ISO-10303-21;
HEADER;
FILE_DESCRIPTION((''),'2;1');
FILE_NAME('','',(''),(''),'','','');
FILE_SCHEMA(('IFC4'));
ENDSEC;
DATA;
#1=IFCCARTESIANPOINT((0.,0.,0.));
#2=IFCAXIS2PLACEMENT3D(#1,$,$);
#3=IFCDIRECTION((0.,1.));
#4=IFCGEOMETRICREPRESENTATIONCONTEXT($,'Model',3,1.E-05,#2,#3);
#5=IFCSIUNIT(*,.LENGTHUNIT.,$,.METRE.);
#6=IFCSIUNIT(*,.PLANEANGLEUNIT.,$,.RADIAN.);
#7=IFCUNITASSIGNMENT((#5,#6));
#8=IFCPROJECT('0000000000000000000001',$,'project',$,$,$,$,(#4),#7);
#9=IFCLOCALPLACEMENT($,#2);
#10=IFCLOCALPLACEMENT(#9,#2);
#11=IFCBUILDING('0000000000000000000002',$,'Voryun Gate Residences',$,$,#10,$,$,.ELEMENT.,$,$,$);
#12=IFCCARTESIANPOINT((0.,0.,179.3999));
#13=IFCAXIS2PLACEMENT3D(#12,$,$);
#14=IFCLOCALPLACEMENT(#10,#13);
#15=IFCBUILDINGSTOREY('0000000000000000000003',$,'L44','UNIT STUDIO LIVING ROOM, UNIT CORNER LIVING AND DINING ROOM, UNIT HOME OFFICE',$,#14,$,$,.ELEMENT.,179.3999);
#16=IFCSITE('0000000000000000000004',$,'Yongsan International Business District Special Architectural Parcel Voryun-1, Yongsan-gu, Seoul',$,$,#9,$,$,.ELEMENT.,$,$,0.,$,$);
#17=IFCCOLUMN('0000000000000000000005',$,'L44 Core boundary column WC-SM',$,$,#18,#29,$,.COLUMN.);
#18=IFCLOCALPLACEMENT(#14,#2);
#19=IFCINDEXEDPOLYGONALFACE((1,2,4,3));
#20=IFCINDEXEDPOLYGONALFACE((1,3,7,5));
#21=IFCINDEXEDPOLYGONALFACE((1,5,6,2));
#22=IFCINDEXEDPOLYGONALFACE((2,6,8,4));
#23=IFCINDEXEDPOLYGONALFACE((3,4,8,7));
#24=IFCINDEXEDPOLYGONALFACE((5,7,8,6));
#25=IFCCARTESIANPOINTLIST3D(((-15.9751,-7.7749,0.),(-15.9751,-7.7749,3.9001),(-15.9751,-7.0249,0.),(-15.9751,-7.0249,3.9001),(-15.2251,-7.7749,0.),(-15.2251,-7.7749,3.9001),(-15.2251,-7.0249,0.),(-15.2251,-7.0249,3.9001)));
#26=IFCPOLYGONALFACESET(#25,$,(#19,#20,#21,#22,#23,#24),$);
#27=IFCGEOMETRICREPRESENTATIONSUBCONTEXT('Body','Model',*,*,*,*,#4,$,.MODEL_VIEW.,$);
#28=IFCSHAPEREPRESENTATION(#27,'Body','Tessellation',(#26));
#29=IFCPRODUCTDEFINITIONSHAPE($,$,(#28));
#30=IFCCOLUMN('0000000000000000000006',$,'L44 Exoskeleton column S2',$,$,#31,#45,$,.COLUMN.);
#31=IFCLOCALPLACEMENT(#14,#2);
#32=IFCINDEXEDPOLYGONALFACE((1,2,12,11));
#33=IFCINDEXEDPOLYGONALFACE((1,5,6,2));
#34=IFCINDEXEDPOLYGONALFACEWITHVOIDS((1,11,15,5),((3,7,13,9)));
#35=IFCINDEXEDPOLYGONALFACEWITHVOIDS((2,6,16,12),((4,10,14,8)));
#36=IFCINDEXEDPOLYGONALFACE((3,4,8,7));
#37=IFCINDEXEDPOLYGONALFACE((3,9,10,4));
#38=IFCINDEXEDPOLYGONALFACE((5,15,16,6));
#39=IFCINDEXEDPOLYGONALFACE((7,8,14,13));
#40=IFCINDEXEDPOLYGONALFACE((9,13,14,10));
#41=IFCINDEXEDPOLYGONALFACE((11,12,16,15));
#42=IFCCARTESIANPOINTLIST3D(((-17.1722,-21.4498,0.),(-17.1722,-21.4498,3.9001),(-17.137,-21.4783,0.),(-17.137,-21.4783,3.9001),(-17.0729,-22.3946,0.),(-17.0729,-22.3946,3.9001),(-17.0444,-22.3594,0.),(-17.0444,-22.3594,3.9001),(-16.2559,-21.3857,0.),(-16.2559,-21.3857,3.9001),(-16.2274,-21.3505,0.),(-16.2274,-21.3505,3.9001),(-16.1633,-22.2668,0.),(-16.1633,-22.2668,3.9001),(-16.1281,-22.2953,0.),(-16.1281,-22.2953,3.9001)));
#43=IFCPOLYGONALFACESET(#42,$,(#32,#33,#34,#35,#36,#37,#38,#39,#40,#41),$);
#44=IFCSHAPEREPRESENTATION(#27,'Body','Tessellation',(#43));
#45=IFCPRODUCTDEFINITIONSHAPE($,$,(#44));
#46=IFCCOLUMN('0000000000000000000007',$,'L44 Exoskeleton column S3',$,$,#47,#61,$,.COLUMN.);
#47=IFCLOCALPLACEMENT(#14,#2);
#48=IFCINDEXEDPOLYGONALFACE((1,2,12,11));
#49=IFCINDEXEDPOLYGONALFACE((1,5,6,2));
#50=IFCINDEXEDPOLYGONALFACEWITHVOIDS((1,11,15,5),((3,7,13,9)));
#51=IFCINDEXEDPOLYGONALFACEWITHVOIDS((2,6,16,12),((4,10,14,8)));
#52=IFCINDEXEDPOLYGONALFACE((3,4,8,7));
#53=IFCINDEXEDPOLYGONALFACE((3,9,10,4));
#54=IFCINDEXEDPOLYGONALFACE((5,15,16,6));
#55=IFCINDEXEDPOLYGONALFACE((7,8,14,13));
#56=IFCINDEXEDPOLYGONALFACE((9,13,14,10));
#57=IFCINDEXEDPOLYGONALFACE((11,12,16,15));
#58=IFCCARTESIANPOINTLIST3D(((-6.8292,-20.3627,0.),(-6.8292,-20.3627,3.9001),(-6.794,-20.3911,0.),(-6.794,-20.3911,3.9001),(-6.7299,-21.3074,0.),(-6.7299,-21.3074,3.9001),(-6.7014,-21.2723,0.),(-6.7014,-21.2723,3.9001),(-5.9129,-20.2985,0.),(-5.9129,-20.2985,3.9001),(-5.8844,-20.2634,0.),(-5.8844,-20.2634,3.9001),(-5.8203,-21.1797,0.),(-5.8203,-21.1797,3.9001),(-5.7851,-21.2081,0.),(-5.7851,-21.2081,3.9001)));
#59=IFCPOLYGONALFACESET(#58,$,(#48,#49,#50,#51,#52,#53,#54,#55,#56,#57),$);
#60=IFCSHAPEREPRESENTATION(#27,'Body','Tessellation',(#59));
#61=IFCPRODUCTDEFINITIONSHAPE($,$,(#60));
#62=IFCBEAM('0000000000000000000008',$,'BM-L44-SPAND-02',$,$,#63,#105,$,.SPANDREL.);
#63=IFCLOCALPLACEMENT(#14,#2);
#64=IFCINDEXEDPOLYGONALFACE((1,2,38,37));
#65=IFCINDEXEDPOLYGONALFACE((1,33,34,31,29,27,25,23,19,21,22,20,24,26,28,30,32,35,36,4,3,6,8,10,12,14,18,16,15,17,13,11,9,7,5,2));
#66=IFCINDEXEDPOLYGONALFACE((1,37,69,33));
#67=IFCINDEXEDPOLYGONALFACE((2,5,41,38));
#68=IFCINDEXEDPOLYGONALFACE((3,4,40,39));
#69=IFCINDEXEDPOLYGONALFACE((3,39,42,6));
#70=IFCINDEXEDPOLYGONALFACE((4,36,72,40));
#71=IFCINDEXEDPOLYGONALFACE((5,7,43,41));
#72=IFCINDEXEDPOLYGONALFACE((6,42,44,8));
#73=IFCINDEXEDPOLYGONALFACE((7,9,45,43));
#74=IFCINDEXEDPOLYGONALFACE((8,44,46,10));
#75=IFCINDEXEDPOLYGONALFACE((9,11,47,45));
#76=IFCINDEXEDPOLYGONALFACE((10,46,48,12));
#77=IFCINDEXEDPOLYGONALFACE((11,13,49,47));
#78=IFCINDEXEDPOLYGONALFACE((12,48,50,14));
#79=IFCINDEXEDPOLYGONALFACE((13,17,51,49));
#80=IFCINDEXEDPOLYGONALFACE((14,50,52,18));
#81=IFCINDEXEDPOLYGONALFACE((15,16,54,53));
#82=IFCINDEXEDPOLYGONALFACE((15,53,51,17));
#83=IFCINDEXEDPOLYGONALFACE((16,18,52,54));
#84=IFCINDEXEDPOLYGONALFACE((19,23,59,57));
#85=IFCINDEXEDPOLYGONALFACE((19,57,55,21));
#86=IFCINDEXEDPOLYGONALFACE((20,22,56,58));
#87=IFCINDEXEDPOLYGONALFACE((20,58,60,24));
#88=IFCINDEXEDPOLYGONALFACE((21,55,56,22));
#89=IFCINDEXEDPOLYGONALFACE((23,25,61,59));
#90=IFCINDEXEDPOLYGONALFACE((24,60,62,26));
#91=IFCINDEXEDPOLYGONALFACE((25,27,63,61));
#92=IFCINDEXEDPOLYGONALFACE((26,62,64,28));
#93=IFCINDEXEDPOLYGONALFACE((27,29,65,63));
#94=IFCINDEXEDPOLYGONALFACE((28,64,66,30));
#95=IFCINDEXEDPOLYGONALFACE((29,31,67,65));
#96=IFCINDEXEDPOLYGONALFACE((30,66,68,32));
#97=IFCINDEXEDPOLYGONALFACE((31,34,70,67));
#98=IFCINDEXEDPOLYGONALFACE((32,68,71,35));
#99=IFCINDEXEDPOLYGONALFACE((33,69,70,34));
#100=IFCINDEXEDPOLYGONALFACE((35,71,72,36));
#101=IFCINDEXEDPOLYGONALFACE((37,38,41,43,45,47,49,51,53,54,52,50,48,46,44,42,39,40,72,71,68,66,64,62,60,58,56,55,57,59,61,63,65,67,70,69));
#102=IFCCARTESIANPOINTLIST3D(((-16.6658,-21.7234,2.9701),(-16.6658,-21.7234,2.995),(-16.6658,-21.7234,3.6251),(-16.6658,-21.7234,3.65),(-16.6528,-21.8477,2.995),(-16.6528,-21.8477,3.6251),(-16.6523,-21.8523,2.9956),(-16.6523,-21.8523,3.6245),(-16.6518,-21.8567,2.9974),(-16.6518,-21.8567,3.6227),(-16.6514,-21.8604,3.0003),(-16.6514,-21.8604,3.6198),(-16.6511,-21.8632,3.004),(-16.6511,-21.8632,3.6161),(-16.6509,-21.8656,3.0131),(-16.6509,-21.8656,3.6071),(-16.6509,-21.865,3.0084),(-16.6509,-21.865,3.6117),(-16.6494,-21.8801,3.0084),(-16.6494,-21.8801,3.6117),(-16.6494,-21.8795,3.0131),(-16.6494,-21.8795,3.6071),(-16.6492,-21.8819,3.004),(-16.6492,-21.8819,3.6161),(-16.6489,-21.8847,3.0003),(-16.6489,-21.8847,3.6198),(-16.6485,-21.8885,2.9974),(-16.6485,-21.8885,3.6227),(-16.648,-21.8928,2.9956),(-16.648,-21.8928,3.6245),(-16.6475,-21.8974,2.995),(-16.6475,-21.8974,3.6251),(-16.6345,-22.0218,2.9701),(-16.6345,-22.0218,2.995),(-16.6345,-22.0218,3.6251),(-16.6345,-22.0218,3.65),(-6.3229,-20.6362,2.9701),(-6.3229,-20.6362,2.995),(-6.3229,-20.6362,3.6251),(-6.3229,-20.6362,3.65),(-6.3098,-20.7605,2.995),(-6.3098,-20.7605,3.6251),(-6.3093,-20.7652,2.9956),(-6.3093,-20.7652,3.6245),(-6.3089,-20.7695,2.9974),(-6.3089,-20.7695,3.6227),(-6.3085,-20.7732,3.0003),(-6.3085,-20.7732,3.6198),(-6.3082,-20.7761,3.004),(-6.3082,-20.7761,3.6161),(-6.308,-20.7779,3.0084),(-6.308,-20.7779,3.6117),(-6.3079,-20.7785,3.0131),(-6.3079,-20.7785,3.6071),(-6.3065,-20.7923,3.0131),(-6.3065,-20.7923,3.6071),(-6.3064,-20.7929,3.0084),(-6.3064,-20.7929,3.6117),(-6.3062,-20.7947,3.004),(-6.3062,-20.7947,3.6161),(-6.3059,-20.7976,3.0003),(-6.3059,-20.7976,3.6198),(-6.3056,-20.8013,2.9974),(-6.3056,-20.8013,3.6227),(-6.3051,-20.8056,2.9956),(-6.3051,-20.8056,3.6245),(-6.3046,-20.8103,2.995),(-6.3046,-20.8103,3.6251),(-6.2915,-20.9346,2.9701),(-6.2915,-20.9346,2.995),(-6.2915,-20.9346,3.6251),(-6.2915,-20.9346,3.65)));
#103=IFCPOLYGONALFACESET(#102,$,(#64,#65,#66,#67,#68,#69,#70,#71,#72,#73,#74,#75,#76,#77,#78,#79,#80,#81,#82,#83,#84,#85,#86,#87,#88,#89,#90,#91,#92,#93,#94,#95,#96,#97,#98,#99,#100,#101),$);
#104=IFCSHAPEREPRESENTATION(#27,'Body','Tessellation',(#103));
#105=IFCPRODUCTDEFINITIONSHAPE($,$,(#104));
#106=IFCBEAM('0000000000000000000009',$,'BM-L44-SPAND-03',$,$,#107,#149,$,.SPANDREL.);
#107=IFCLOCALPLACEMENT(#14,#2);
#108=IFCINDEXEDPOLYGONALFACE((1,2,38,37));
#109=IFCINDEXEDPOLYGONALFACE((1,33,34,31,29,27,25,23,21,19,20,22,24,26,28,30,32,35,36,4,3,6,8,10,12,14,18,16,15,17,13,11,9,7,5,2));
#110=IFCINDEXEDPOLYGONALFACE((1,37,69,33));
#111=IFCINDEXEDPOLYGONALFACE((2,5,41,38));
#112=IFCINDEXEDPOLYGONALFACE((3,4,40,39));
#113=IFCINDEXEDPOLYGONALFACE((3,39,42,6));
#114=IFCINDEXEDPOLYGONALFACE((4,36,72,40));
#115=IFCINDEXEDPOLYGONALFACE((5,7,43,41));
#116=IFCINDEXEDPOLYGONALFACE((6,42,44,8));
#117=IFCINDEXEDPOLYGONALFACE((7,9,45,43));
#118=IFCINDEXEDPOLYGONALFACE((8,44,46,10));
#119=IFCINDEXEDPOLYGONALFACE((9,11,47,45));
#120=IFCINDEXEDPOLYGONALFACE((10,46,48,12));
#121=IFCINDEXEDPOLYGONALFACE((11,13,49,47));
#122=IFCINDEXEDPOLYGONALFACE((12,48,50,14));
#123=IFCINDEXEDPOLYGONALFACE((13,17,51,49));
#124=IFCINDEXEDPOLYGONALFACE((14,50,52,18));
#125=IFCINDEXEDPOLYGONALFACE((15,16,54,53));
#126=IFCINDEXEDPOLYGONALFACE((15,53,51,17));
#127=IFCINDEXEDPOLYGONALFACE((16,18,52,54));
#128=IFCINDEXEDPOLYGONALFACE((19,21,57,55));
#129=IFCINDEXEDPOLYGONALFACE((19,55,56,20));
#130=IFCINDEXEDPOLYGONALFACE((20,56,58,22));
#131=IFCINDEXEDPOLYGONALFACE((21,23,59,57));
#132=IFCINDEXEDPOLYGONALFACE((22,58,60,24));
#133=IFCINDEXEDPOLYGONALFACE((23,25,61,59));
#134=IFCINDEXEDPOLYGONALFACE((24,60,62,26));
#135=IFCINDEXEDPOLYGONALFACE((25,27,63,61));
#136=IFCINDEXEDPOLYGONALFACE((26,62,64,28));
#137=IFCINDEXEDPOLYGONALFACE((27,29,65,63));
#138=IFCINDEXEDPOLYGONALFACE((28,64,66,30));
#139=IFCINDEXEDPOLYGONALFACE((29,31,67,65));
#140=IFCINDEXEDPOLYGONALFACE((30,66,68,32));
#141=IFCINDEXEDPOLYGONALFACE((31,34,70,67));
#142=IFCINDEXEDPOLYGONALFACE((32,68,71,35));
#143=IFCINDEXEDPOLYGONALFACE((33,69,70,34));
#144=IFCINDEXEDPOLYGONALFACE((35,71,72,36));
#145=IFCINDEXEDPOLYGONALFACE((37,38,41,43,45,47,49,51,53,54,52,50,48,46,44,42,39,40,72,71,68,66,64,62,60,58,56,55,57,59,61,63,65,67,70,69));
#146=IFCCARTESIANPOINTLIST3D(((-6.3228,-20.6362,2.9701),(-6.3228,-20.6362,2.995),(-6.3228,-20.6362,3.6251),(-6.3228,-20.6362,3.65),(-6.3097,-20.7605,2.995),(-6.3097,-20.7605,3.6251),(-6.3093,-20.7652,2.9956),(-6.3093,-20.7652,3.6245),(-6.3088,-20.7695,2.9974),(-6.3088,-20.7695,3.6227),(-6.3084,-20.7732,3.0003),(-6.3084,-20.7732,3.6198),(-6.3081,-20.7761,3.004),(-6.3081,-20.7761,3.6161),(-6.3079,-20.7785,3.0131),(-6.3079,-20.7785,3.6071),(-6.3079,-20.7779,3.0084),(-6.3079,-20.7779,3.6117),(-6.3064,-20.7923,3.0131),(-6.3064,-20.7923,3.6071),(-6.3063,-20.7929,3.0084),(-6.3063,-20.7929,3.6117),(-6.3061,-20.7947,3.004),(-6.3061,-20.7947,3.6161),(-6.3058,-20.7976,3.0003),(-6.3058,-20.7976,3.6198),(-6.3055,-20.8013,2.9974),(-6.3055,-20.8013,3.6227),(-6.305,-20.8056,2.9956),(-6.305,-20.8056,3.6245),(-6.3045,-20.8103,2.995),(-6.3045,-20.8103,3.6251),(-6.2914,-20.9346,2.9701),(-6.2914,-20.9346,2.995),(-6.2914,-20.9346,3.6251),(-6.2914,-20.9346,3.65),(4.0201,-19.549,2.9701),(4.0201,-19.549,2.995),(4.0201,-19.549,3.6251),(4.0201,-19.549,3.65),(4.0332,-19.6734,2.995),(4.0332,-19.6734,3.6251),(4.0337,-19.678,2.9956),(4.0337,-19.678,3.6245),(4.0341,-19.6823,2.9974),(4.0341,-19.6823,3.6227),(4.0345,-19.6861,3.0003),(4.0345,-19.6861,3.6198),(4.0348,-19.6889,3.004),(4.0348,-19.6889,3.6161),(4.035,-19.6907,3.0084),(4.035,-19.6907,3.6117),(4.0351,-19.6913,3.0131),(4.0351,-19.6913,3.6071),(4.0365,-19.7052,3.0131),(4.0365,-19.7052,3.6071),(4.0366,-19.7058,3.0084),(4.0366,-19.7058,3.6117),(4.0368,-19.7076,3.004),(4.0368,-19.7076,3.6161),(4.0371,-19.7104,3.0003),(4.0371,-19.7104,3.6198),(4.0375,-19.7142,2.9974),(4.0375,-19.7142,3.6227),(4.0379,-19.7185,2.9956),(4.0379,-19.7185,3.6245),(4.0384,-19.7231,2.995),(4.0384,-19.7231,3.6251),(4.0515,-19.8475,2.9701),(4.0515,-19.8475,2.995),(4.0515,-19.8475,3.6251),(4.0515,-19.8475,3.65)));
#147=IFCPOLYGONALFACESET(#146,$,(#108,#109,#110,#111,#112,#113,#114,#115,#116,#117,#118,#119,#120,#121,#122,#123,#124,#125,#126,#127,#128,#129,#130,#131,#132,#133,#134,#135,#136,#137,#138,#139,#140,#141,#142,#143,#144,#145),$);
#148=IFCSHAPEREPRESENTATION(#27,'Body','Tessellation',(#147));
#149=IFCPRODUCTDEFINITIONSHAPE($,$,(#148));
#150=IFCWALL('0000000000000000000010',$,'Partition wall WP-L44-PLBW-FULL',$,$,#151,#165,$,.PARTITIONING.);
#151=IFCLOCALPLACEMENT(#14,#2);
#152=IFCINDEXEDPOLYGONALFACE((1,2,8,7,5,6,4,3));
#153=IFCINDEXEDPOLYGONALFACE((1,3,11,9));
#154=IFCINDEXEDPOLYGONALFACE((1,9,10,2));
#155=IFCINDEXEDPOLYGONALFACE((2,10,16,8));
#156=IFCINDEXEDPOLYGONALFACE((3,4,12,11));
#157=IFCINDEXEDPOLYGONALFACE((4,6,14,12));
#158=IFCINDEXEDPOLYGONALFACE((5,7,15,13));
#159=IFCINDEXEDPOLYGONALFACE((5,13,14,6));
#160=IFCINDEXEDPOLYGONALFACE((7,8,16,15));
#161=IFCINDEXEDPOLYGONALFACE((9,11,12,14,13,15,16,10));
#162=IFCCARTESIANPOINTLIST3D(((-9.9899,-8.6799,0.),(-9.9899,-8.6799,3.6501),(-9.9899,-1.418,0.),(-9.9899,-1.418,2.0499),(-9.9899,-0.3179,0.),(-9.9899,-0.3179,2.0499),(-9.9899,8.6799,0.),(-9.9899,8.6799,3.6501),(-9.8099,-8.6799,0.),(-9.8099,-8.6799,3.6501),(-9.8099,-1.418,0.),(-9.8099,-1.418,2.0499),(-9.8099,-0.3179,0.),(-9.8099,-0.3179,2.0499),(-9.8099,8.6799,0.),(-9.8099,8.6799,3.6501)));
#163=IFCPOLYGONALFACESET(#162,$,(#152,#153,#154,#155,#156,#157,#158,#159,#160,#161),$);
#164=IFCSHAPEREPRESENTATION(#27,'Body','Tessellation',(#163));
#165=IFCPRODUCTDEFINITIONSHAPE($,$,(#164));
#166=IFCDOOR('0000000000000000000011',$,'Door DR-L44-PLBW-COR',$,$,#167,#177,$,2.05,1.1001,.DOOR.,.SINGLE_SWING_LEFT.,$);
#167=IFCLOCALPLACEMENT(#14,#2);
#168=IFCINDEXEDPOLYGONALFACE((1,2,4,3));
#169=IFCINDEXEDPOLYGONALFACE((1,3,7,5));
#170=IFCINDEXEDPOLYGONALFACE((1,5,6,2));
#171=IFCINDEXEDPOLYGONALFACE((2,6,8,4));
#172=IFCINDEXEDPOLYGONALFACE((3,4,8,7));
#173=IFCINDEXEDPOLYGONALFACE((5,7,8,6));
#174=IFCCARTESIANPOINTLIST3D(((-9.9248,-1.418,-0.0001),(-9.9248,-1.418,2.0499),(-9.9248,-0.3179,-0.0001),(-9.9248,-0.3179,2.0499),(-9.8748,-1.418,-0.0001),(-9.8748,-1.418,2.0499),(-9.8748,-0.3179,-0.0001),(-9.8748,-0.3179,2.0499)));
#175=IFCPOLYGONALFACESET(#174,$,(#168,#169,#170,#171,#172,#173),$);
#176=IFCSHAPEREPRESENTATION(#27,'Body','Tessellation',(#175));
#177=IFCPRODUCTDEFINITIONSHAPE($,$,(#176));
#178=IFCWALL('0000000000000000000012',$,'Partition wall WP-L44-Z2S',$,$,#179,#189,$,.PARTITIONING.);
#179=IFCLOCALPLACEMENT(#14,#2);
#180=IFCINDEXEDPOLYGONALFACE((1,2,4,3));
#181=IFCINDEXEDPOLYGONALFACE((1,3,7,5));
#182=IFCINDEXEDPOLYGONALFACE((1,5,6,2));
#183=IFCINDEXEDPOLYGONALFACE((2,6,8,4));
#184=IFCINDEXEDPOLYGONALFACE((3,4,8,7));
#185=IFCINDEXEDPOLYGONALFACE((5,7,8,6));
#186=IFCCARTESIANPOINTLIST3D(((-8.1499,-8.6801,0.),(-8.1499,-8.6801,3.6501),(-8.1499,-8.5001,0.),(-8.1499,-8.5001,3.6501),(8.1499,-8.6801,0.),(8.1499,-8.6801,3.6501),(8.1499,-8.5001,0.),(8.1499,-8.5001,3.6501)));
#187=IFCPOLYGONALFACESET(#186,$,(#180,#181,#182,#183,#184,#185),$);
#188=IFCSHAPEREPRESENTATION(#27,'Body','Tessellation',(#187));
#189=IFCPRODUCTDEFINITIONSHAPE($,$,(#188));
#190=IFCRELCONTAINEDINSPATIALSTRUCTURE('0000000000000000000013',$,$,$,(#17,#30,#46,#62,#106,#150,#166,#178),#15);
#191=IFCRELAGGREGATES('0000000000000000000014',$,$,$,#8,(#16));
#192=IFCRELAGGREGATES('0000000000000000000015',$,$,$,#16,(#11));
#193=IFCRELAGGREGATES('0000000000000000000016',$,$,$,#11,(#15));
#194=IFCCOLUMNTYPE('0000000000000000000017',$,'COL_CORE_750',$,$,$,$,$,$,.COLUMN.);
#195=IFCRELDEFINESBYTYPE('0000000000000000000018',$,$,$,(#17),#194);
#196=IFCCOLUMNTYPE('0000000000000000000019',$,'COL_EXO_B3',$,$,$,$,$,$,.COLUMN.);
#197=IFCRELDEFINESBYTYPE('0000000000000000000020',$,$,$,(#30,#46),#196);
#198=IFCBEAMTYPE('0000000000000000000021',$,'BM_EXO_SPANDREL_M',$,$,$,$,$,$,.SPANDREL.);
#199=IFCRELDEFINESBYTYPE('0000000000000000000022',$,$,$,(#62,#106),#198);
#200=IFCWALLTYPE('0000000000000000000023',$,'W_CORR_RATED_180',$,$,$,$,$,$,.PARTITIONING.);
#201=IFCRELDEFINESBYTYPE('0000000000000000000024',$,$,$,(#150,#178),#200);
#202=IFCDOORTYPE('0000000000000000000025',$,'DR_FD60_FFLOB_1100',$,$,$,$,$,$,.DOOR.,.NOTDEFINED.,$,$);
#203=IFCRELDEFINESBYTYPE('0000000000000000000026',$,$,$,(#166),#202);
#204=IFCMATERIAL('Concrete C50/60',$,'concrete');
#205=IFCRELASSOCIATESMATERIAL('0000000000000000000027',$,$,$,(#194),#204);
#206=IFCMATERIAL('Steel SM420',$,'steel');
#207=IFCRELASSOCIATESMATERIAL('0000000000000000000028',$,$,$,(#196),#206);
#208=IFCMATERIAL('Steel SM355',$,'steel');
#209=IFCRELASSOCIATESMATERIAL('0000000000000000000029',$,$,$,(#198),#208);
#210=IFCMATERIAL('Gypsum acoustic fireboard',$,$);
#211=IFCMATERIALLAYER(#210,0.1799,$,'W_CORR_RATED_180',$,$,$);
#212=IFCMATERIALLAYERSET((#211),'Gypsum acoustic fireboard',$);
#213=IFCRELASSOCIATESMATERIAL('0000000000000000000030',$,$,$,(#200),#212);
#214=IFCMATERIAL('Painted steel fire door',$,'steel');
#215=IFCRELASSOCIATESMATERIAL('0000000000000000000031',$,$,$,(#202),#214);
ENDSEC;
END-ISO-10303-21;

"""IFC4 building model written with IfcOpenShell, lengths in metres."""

from ifc_helpers import new_model, si_unit, direction, frame, frame_2d, origin, origin_2d, place, context, subcontext, project, spatial, rectangle, hollow_rectangle, i_section, extrude, material, layer, layer_set, material_profile, profile_set, type_object, element, fill, save


model = new_model("IFC4")

# Units and contexts
model_context = context("Model", 3, precision=1e-05, world=origin(), true_north=direction((0.0, 1.0)))
body_context = subcontext(model_context, "Body", "Model", "MODEL_VIEW")
ifc_project = project(units=[si_unit("LENGTHUNIT", "METRE"), si_unit("PLANEANGLEUNIT", "RADIAN")], contexts=[model_context])

# Site, building, storey
site_placement = place(None, origin())
site = spatial("IfcSite", under=ifc_project, at=site_placement, Name="Yongsan International Business District Special Architectural Parcel Voryun-1, Yongsan-gu, Seoul", CompositionType="ELEMENT", RefElevation=0.0)
building_placement = place(site_placement, origin())
building = spatial("IfcBuilding", under=site, at=building_placement, Name="Voryun Gate Residences", CompositionType="ELEMENT")
storey_placement = place(building_placement, frame((0.0, 0.0, 179.3999)))
storey = spatial("IfcBuildingStorey", under=building, at=storey_placement, Name="L44", Description="UNIT STUDIO LIVING ROOM, UNIT CORNER LIVING AND DINING ROOM, UNIT HOME OFFICE", CompositionType="ELEMENT", Elevation=179.3999)

# Columns
ifc_material_1 = material(Name="Concrete C50/60", Category="concrete")
ifc_material_profile_1 = material_profile(ifc_material_1, rectangle(XDim=0.75, YDim=0.75, at=origin_2d()), Name="RC-750x750")
ifc_profile_set_1 = profile_set([ifc_material_profile_1], Name="Concrete C50/60")
column_type_1 = type_object("IfcColumnType", Name="COL_CORE_750", PredefinedType="COLUMN", material=ifc_profile_set_1)
column_placement = place(storey_placement, frame((-15.6001, -7.3999, 0.0), z_axis=(0.0, 0.0, 1.0), x_axis=(1.0, 0.0, 0.0)))
element("IfcColumn", 1, at=column_placement, inside=storey, type_object=column_type_1, Name="L44 Core boundary column WC-SM", PredefinedType="COLUMN", context=body_context, shape_type="SweptSolid", body=[
    extrude(rectangle(XDim=0.75, YDim=0.75, at=origin_2d()), origin(), (0.0, 0.0, 1.0), 3.9001),
])
ifc_material_2 = material(Name="Steel SM420", Category="steel")
ifc_material_profile_2 = material_profile(ifc_material_2, hollow_rectangle(XDim=0.95, YDim=0.95, WallThickness=0.032, at=origin_2d()), Name="BOX-950x950x32")
ifc_profile_set_2 = profile_set([ifc_material_profile_2], Name="Steel SM420")
column_type_2 = type_object("IfcColumnType", Name="COL_EXO_B3", PredefinedType="COLUMN", material=ifc_profile_set_2)
for number, where, z_axis, x_axis, name in (
    (2, (-16.6501, -21.8726, 0.0), (0.0, 0.0, 1.0), (0.994522, 0.104528, 0.0), "L44 Exoskeleton column S2"),
    (3, (-6.3071, -20.7854, 0.0), (0.0, 0.0, 1.0), (0.994522, 0.104528, 0.0), "L44 Exoskeleton column S3"),
):
    element("IfcColumn", number, at=place(storey_placement, frame(where, z_axis=z_axis, x_axis=x_axis)), inside=storey, type_object=column_type_2, Name=name, PredefinedType="COLUMN", context=body_context, shape_type="SweptSolid", body=[
        extrude(hollow_rectangle(XDim=0.95, YDim=0.95, WallThickness=0.032, at=origin_2d()), origin(), (0.0, 0.0, 1.0), 3.9001),
    ])

# Beams
ifc_material_3 = material(Name="Steel SM355", Category="steel")
ifc_material_profile_3 = material_profile(ifc_material_3, i_section(OverallWidth=0.3, OverallDepth=0.6799, WebThickness=0.0139, FlangeThickness=0.0249, FilletRadius=0.0181, at=origin_2d()), Name="H-680x300x14x25")
ifc_profile_set_3 = profile_set([ifc_material_profile_3], Name="Steel SM355")
beam_type = type_object("IfcBeamType", Name="BM_EXO_SPANDREL_M", PredefinedType="SPANDREL", material=ifc_profile_set_3)
for number, where, z_axis, x_axis, name in (
    (4, (-16.6501, -21.8726, 3.3101), (0.994521, 0.104534, 0.0), (-0.104534, 0.994521, 0.0), "BM-L44-SPAND-02"),
    (5, (-6.3071, -20.7854, 3.3101), (0.994521, 0.104534, 0.0), (-0.104534, 0.994521, 0.0), "BM-L44-SPAND-03"),
):
    element("IfcBeam", number, at=place(storey_placement, frame(where, z_axis=z_axis, x_axis=x_axis)), inside=storey, type_object=beam_type, Name=name, PredefinedType="SPANDREL", context=body_context, shape_type="SweptSolid", body=[
        extrude(i_section(OverallWidth=0.3, OverallDepth=0.6799, WebThickness=0.0139, FlangeThickness=0.0249, FilletRadius=0.0181, at=origin_2d()), origin(), (0.0, 0.0, 1.0), 10.3999),
    ])

# Wall, opening, door
ifc_material_4 = material(Name="Gypsum acoustic fireboard")
ifc_layer_1 = layer(ifc_material_4, 0.1799, Name="W_CORR_RATED_180")
ifc_layer_set_1 = layer_set([ifc_layer_1], Name="Gypsum acoustic fireboard")
wall_type_1 = type_object("IfcWallType", Name="W_CORR_RATED_180", PredefinedType="PARTITIONING", material=ifc_layer_set_1)
wall_1_placement = place(storey_placement, frame((-9.8999, -8.6799, 0.0), z_axis=(0.0, 0.0, 1.0), x_axis=(0.0, 1.0, 0.0)))
wall_1 = element("IfcWall", 6, at=wall_1_placement, inside=storey, type_object=wall_type_1, Name="Partition wall WP-L44-PLBW-FULL", PredefinedType="PARTITIONING", context=body_context, shape_type="SweptSolid", body=[
    extrude(rectangle(XDim=17.3599, YDim=0.1799, at=frame_2d((8.6799, 0.0))), origin(), (0.0, 0.0, 1.0), 3.6501),
])
opening_1_placement = place(wall_1_placement, frame((7.262, 0.0, 0.0)))
opening_1 = element("IfcOpeningElement", 7, at=opening_1_placement, cuts=wall_1, PredefinedType="OPENING", context=body_context, shape_type="SweptSolid", body=[
    extrude(rectangle(XDim=1.1001, YDim=2.05, at=frame_2d((0.55, 1.0249))), frame((0.0, 0.0999, 0.0), z_axis=(0.0, -1.0, 0.0), x_axis=(1.0, 0.0, 0.0)), (0.0, 0.0, 1.0), 0.2),
])
ifc_material_5 = material(Name="Painted steel fire door", Category="steel")
door_type_1 = type_object("IfcDoorType", Name="DR_FD60_FFLOB_1100", OperationType="NOTDEFINED", PredefinedType="DOOR", material=ifc_material_5)
door_1_placement = place(opening_1_placement, origin())
door_1 = element("IfcDoor", 8, at=door_1_placement, inside=storey, type_object=door_type_1, Name="Door DR-L44-PLBW-COR", OperationType="SINGLE_SWING_LEFT", OverallHeight=2.05, OverallWidth=1.1001, PredefinedType="DOOR", context=body_context, shape_type="SweptSolid", body=[
    extrude(rectangle(XDim=1.1001, YDim=2.05, at=frame_2d((0.55, 1.0249))), frame((0.0, 0.0249, 0.0), z_axis=(0.0, -1.0, 0.0), x_axis=(1.0, 0.0, 0.0)), (0.0, 0.0, 1.0), 0.05),
])
fill(opening_1, door_1)

# Wall
wall_2_placement = place(storey_placement, frame((-8.1499, -8.5901, 0.0), z_axis=(0.0, 0.0, 1.0), x_axis=(1.0, 0.0, 0.0)))
element("IfcWall", 9, at=wall_2_placement, inside=storey, type_object=wall_type_1, Name="Partition wall WP-L44-Z2S", PredefinedType="PARTITIONING", context=body_context, shape_type="SweptSolid", body=[
    extrude(rectangle(XDim=16.2998, YDim=0.1799, at=frame_2d((8.1499, 0.0))), origin(), (0.0, 0.0, 1.0), 3.6501),
])

save(model, "model.ifc")
